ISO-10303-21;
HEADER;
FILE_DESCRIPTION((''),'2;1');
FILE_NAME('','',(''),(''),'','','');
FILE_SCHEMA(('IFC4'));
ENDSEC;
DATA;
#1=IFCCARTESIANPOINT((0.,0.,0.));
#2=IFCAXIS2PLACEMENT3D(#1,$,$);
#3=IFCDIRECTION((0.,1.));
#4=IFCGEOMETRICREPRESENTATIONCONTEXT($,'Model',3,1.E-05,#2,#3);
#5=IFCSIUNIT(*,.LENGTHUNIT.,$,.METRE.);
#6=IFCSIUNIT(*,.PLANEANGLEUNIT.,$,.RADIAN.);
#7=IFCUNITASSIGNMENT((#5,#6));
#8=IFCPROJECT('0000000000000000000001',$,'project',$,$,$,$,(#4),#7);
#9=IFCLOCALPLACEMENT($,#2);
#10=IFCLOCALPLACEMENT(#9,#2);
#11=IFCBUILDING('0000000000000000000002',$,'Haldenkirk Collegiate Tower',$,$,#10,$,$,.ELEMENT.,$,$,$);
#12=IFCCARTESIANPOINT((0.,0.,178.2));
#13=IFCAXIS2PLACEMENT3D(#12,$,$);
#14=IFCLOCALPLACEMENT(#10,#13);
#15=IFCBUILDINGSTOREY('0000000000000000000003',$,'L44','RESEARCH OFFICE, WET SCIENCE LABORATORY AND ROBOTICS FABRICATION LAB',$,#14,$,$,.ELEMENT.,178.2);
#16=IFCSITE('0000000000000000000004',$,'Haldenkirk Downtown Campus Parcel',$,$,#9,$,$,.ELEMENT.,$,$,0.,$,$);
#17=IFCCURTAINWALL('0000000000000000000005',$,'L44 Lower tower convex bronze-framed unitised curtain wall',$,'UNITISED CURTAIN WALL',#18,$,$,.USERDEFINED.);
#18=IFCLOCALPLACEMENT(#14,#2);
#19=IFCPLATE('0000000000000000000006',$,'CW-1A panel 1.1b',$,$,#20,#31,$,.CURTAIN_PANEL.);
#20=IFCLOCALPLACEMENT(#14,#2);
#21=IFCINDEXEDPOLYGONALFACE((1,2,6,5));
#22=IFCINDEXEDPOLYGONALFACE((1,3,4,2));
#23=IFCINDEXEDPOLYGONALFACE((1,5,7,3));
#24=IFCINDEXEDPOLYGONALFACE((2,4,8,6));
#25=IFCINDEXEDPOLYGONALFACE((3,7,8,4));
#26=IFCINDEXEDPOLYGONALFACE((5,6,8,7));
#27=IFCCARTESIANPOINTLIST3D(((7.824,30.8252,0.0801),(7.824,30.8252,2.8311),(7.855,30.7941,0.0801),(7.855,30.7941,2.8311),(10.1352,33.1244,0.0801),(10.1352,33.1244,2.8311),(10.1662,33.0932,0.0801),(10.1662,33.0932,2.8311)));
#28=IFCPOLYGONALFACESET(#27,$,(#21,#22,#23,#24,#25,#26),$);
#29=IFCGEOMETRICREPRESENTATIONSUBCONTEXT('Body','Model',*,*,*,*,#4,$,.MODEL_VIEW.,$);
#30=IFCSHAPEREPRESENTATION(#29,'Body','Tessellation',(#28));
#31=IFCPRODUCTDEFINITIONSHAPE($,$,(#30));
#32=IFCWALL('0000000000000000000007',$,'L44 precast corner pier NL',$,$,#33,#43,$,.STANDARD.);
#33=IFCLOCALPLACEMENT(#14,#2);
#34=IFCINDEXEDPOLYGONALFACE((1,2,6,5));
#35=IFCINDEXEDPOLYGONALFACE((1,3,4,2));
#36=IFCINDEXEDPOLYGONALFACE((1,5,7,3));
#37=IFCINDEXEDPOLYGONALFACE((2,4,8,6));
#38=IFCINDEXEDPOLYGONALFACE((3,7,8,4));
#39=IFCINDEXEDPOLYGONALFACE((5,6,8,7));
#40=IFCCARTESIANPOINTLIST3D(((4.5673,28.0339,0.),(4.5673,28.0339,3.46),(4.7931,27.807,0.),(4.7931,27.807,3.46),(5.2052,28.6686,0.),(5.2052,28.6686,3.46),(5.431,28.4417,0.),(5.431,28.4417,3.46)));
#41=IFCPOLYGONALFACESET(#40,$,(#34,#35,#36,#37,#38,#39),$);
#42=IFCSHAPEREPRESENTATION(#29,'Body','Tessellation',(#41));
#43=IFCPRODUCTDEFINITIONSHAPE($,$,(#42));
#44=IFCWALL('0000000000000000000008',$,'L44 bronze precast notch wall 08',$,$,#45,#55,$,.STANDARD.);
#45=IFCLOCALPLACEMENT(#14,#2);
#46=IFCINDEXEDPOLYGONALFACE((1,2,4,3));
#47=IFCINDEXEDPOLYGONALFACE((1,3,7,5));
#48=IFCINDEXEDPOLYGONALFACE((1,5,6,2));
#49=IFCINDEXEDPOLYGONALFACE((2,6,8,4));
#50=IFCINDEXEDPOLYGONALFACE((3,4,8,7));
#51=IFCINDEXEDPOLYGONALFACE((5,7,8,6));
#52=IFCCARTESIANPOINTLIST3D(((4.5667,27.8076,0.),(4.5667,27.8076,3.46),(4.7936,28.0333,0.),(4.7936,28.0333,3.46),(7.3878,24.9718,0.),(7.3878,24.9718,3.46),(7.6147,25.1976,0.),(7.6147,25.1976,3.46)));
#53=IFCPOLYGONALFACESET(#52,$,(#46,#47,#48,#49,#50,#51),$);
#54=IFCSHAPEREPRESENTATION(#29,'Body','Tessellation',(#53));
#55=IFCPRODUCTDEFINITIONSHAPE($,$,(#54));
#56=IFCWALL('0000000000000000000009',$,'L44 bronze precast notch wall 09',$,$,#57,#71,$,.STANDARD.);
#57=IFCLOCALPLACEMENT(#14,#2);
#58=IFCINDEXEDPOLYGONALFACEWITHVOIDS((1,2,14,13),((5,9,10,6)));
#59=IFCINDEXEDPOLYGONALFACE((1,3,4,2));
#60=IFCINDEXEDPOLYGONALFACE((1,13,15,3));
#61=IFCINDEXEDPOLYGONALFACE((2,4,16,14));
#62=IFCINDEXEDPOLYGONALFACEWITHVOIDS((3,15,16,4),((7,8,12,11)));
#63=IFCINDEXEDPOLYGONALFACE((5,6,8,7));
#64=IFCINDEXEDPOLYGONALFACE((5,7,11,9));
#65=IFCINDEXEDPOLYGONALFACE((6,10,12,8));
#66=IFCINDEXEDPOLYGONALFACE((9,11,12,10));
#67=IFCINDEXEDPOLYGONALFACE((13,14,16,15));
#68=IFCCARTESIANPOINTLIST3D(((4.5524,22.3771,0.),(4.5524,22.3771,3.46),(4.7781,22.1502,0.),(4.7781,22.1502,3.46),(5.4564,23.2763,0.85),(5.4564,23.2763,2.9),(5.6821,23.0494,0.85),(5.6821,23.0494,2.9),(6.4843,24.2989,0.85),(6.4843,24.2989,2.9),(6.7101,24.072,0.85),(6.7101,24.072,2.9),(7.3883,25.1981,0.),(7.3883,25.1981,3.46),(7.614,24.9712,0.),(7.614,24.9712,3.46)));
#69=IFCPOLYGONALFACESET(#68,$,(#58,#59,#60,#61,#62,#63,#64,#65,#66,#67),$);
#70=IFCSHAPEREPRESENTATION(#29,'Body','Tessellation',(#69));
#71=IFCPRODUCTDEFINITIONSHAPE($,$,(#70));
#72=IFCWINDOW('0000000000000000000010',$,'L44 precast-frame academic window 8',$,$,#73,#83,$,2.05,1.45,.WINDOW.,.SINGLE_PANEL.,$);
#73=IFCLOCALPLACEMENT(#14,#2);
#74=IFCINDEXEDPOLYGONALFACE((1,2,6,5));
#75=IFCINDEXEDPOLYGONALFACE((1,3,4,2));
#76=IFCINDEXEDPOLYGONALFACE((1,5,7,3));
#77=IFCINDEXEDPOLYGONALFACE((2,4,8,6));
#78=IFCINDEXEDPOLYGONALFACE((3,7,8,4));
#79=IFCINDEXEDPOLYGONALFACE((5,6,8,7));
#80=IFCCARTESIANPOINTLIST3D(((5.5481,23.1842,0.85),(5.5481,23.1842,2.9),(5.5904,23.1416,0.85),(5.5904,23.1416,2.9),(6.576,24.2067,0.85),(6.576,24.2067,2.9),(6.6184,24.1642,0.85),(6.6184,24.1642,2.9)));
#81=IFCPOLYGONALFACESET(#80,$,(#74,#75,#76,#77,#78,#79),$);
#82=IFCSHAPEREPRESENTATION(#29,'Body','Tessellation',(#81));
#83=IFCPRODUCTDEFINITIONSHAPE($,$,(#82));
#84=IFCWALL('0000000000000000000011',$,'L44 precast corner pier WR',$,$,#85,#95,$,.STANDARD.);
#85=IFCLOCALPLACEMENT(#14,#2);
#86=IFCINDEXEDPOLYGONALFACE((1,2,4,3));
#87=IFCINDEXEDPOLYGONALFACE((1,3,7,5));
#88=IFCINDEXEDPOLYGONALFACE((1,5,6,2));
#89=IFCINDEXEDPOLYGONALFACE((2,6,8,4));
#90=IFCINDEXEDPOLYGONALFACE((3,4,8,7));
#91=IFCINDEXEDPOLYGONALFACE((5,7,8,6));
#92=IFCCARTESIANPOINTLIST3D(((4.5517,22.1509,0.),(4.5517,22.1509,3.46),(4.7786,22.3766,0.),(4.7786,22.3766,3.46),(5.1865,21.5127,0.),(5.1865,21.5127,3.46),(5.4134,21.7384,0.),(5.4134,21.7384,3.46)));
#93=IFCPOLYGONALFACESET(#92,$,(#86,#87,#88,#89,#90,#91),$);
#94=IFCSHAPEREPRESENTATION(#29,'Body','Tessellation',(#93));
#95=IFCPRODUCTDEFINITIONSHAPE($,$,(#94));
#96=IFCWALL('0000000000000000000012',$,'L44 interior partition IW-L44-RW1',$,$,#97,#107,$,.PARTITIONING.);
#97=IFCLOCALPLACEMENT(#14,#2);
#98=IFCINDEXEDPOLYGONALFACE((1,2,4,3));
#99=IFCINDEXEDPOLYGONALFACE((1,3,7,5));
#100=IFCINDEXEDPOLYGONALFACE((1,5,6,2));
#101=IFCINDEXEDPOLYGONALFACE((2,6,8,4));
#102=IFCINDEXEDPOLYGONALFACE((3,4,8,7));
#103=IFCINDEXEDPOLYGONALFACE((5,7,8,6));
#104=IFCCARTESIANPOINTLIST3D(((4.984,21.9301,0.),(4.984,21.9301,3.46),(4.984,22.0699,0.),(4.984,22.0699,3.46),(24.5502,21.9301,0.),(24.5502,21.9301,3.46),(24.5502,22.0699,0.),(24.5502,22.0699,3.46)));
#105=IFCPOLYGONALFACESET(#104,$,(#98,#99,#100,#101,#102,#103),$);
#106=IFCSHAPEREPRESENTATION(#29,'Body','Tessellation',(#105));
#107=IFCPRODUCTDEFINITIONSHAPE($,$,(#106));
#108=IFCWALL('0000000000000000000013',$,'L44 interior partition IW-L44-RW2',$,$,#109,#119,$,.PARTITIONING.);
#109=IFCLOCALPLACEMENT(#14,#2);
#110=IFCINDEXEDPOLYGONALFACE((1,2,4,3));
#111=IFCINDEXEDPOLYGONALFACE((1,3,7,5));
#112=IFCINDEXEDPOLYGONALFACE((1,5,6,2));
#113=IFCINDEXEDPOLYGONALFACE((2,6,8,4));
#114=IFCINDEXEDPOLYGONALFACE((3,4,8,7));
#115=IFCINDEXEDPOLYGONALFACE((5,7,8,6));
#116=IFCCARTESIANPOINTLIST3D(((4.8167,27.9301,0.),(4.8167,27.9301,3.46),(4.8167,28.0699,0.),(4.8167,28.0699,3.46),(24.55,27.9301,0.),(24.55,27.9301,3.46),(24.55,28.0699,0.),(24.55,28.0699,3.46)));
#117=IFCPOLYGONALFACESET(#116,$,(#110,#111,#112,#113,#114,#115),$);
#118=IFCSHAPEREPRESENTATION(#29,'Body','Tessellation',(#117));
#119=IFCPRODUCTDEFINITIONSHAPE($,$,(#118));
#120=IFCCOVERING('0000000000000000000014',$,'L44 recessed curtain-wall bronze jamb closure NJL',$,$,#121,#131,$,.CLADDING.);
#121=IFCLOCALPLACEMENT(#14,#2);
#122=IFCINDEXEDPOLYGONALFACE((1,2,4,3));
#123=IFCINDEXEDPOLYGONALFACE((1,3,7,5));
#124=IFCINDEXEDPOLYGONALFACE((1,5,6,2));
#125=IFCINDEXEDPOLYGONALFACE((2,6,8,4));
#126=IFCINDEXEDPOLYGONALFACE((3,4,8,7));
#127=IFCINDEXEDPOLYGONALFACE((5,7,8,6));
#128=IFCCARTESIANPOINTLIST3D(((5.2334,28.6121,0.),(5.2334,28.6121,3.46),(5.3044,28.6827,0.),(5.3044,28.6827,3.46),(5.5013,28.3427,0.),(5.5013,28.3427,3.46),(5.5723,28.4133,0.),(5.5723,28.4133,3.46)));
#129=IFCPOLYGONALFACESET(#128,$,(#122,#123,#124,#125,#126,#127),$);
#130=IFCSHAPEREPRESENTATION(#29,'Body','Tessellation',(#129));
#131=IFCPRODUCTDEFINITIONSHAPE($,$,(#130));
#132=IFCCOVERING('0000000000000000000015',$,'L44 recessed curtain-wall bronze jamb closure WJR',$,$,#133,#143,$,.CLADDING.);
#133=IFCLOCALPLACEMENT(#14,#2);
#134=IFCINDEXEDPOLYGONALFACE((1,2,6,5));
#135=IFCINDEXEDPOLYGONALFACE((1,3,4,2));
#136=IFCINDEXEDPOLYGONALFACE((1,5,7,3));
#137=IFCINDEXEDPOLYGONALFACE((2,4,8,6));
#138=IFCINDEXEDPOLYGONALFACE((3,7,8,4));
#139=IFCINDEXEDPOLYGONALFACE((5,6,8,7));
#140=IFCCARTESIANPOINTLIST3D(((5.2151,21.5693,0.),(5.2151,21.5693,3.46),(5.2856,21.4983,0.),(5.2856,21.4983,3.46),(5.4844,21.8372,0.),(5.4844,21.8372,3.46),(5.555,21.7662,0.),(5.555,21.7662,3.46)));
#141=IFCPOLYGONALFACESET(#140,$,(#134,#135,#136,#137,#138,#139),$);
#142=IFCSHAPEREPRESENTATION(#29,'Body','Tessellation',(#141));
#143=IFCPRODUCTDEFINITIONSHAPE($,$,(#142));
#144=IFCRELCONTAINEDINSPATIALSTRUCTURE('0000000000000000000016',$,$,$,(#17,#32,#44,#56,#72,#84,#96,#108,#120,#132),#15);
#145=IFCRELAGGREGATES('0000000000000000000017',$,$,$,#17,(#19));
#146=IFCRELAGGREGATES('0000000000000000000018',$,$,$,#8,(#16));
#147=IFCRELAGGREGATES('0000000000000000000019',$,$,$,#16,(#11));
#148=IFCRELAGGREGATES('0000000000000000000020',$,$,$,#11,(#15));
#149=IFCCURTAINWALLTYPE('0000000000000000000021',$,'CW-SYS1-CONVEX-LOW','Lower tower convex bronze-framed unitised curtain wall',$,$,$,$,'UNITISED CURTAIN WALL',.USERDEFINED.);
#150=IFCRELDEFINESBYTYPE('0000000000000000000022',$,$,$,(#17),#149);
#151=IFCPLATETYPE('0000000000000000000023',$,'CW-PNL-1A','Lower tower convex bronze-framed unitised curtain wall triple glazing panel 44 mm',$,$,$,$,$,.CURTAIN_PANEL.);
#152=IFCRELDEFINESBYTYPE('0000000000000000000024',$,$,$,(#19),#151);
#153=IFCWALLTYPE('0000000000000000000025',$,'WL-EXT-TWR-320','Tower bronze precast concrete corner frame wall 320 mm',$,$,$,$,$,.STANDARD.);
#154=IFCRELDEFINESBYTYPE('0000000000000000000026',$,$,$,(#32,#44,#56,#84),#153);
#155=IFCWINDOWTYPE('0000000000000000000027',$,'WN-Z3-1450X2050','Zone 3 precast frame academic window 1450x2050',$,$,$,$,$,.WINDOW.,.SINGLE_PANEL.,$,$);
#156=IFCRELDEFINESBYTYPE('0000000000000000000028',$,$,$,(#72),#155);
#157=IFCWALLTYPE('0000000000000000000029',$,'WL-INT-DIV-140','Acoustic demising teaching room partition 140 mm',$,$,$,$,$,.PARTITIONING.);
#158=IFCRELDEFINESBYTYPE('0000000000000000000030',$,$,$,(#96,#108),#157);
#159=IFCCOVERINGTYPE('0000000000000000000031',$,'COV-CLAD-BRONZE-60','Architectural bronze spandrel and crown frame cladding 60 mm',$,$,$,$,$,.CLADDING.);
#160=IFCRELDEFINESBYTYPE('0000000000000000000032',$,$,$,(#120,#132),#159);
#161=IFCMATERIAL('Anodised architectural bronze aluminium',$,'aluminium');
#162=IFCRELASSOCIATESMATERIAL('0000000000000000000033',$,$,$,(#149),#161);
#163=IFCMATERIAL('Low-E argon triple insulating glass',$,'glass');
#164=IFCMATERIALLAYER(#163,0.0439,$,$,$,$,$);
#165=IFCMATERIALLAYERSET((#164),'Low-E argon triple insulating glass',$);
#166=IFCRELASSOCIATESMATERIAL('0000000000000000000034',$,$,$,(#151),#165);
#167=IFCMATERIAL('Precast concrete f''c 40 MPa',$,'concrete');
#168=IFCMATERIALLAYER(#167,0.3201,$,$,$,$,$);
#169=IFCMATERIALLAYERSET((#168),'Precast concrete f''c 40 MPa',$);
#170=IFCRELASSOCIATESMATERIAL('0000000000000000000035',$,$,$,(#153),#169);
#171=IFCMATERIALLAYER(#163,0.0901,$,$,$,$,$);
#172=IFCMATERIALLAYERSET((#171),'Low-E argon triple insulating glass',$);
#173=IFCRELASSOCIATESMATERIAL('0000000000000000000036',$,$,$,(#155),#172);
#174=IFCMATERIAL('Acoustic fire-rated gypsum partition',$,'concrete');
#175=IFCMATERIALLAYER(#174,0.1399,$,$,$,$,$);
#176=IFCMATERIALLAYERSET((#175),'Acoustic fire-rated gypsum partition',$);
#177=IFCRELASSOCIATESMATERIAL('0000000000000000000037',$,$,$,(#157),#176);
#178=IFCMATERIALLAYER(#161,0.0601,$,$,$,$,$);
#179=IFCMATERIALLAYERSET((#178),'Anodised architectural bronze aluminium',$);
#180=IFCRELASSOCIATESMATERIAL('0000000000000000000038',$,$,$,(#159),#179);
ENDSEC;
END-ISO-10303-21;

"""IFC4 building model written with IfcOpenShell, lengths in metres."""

from ifc_helpers import new_model, si_unit, direction, frame, frame_2d, origin, origin_2d, place, context, subcontext, project, spatial, rectangle, extrude, source, transform, mapped, material, layer, layer_set, type_object, element, fill, aggregate, save


model = new_model("IFC4")

# Units and contexts
model_context = context("Model", 3, precision=1e-05, world=origin(), true_north=direction((0.0, 1.0)))
body_context = subcontext(model_context, "Body", "Model", "MODEL_VIEW")
ifc_project = project(units=[si_unit("LENGTHUNIT", "METRE"), si_unit("PLANEANGLEUNIT", "RADIAN")], contexts=[model_context])

# Site, building, storey
site_placement = place(None, origin())
site = spatial("IfcSite", under=ifc_project, at=site_placement, Name="Haldenkirk Downtown Campus Parcel", CompositionType="ELEMENT", RefElevation=0.0)
building_placement = place(site_placement, origin())
building = spatial("IfcBuilding", under=site, at=building_placement, Name="Haldenkirk Collegiate Tower", CompositionType="ELEMENT")
storey_placement = place(building_placement, frame((0.0, 0.0, 178.2)))
storey = spatial("IfcBuildingStorey", under=building, at=storey_placement, Name="L44", Description="RESEARCH OFFICE, WET SCIENCE LABORATORY AND ROBOTICS FABRICATION LAB", CompositionType="ELEMENT", Elevation=178.2)

# Curtain wall
ifc_material_1 = material(Name="Anodised architectural bronze aluminium", Category="aluminium")
curtain_wall_type = type_object("IfcCurtainWallType", Name="CW-SYS1-CONVEX-LOW", Description="Lower tower convex bronze-framed unitised curtain wall", ElementType="UNITISED CURTAIN WALL", PredefinedType="USERDEFINED", material=ifc_material_1)
curtain_wall_1_placement = place(storey_placement, origin())
curtain_wall_1 = element("IfcCurtainWall", 1, at=curtain_wall_1_placement, inside=storey, type_object=curtain_wall_type, Name="L44 Lower tower convex bronze-framed unitised curtain wall", ObjectType="UNITISED CURTAIN WALL", PredefinedType="USERDEFINED")

# Plate
ifc_material_2 = material(Name="Low-E argon triple insulating glass", Category="glass")
ifc_layer_1 = layer(ifc_material_2, 0.0439)
ifc_layer_set_1 = layer_set([ifc_layer_1], Name="Low-E argon triple insulating glass")
plate_type = type_object("IfcPlateType", Name="CW-PNL-1A", Description="Lower tower convex bronze-framed unitised curtain wall triple glazing panel 44 mm", PredefinedType="CURTAIN_PANEL", material=ifc_layer_set_1)
shared_shape_1 = source(origin(), body_context, "Body", "SweptSolid", [
    extrude(rectangle(XDim=3.26, YDim=0.0439, at=origin_2d()), origin(), (0.0, 0.0, 1.0), 2.751),
])
plate_1_placement = place(storey_placement, frame((8.9951, 31.9592, 0.0801), z_axis=(0.0, 0.0, 1.0), x_axis=(0.708954, 0.705255, 0.0)))
plate_1 = element("IfcPlate", 2, at=plate_1_placement, type_object=plate_type, Name="CW-1A panel 1.1b", PredefinedType="CURTAIN_PANEL", context=body_context, shape_type="MappedRepresentation", body=[
    mapped(shared_shape_1, transform((0.0, 0.0, 0.0), x_axis=(1.0, 0.0, 0.0), y_axis=(0.0, 1.0, 0.0), z_axis=(0.0, 0.0, 1.0), scale=1.0)),
])
aggregate(curtain_wall_1, [plate_1])

# Walls
ifc_material_3 = material(Name="Precast concrete f'c 40 MPa", Category="concrete")
ifc_layer_2 = layer(ifc_material_3, 0.3201)
ifc_layer_set_2 = layer_set([ifc_layer_2], Name="Precast concrete f'c 40 MPa")
wall_type_1 = type_object("IfcWallType", Name="WL-EXT-TWR-320", Description="Tower bronze precast concrete corner frame wall 320 mm", PredefinedType="STANDARD", material=ifc_layer_set_2)
wall_1_placement = place(storey_placement, frame((4.6802, 27.9204, 0.0), z_axis=(0.0, 0.0, 1.0), x_axis=(0.708868, 0.705341, 0.0)))
element("IfcWall", 3, at=wall_1_placement, inside=storey, type_object=wall_type_1, Name="L44 precast corner pier NL", PredefinedType="STANDARD", context=body_context, shape_type="SweptSolid", body=[
    extrude(rectangle(XDim=0.8999, YDim=0.3201, at=frame_2d((0.45, 0.0))), origin(), (0.0, 0.0, 1.0), 3.46),
])
wall_2_placement = place(storey_placement, frame((7.5012, 25.0847, 0.0), z_axis=(0.0, 0.0, 1.0), x_axis=(-0.705273, 0.708935, 0.0)))
element("IfcWall", 4, at=wall_2_placement, inside=storey, type_object=wall_type_1, Name="L44 bronze precast notch wall 08", PredefinedType="STANDARD", context=body_context, shape_type="SweptSolid", body=[
    extrude(rectangle(XDim=4.0, YDim=0.3201, at=frame_2d((2.0, 0.0))), origin(), (0.0, 0.0, 1.0), 3.46),
])

# Wall, opening, window
wall_3_placement = place(storey_placement, frame((4.6653, 22.2637, 0.0), z_axis=(0.0, 0.0, 1.0), x_axis=(0.708966, 0.705243, 0.0)))
wall_3 = element("IfcWall", 5, at=wall_3_placement, inside=storey, type_object=wall_type_1, Name="L44 bronze precast notch wall 09", PredefinedType="STANDARD", context=body_context, shape_type="SweptSolid", body=[
    extrude(rectangle(XDim=4.0, YDim=0.3201, at=frame_2d((2.0, 0.0))), origin(), (0.0, 0.0, 1.0), 3.46),
])
opening_placement = place(wall_3_placement, frame((1.2749, 0.0, 0.8501)))
opening = element("IfcOpeningElement", 6, at=opening_placement, cuts=wall_3, PredefinedType="OPENING", context=body_context, shape_type="SweptSolid", body=[
    extrude(rectangle(XDim=1.45, YDim=2.05, at=frame_2d((0.7251, 1.0249))), frame((0.0, 0.1699, 0.0), z_axis=(0.0, -1.0, 0.0), x_axis=(1.0, 0.0, 0.0)), (0.0, 0.0, 1.0), 0.3401),
])
ifc_layer_3 = layer(ifc_material_2, 0.0901)
ifc_layer_set_3 = layer_set([ifc_layer_3], Name="Low-E argon triple insulating glass")
window_type = type_object("IfcWindowType", Name="WN-Z3-1450X2050", Description="Zone 3 precast frame academic window 1450x2050", PartitioningType="SINGLE_PANEL", PredefinedType="WINDOW", material=ifc_layer_set_3)
window_placement = place(opening_placement, origin())
window = element("IfcWindow", 7, at=window_placement, inside=storey, type_object=window_type, Name="L44 precast-frame academic window 8", OverallHeight=2.05, OverallWidth=1.45, PartitioningType="SINGLE_PANEL", PredefinedType="WINDOW", context=body_context, shape_type="SweptSolid", body=[
    extrude(rectangle(XDim=1.45, YDim=2.05, at=frame_2d((0.7251, 1.0249))), frame((0.0, 0.03, 0.0), z_axis=(0.0, -1.0, 0.0), x_axis=(1.0, 0.0, 0.0)), (0.0, 0.0, 1.0), 0.0601),
])
fill(opening, window)

# Walls
wall_4_placement = place(storey_placement, frame((5.3, 21.6255, 0.0), z_axis=(0.0, 0.0, 1.0), x_axis=(-0.705206, 0.709003, 0.0)))
element("IfcWall", 8, at=wall_4_placement, inside=storey, type_object=wall_type_1, Name="L44 precast corner pier WR", PredefinedType="STANDARD", context=body_context, shape_type="SweptSolid", body=[
    extrude(rectangle(XDim=0.9001, YDim=0.3201, at=frame_2d((0.4502, 0.0))), origin(), (0.0, 0.0, 1.0), 3.46),
])
ifc_material_4 = material(Name="Acoustic fire-rated gypsum partition", Category="concrete")
ifc_layer_4 = layer(ifc_material_4, 0.1399)
ifc_layer_set_4 = layer_set([ifc_layer_4], Name="Acoustic fire-rated gypsum partition")
wall_type_2 = type_object("IfcWallType", Name="WL-INT-DIV-140", Description="Acoustic demising teaching room partition 140 mm", PredefinedType="PARTITIONING", material=ifc_layer_set_4)
wall_5_placement = place(storey_placement, frame((4.9839, 22.0, 0.0), z_axis=(0.0, 0.0, 1.0), x_axis=(1.0, 0.0, 0.0)))
element("IfcWall", 9, at=wall_5_placement, inside=storey, type_object=wall_type_2, Name="L44 interior partition IW-L44-RW1", PredefinedType="PARTITIONING", context=body_context, shape_type="SweptSolid", body=[
    extrude(rectangle(XDim=19.5662, YDim=0.1399, at=frame_2d((9.7832, 0.0))), origin(), (0.0, 0.0, 1.0), 3.46),
])
wall_6_placement = place(storey_placement, frame((4.8167, 28.0, 0.0), z_axis=(0.0, 0.0, 1.0), x_axis=(1.0, 0.0, 0.0)))
element("IfcWall", 10, at=wall_6_placement, inside=storey, type_object=wall_type_2, Name="L44 interior partition IW-L44-RW2", PredefinedType="PARTITIONING", context=body_context, shape_type="SweptSolid", body=[
    extrude(rectangle(XDim=19.7334, YDim=0.1399, at=frame_2d((9.8667, 0.0))), origin(), (0.0, 0.0, 1.0), 3.46),
])

# Coverings
ifc_layer_5 = layer(ifc_material_1, 0.0601)
ifc_layer_set_5 = layer_set([ifc_layer_5], Name="Anodised architectural bronze aluminium")
covering_type = type_object("IfcCoveringType", Name="COV-CLAD-BRONZE-60", Description="Architectural bronze spandrel and crown frame cladding 60 mm", PredefinedType="CLADDING", material=ifc_layer_set_5)
shared_shape_2 = source(origin(), body_context, "Body", "SweptSolid", [
    extrude(rectangle(XDim=0.1001, YDim=0.3799, at=origin_2d()), origin(), (0.0, 0.0, 1.0), 3.46),
])
for number, where, z_axis, x_axis, name in (
    (11, (5.4028, 28.5127, 0.0), (0.0, 0.0, 1.0), (0.708956, 0.705253, 0.0), "L44 recessed curtain-wall bronze jamb closure NJL"),
    (12, (5.385, 21.6677, 0.0), (0.0, 0.0, 1.0), (-0.705253, 0.708956, 0.0), "L44 recessed curtain-wall bronze jamb closure WJR"),
):
    element("IfcCovering", number, at=place(storey_placement, frame(where, z_axis=z_axis, x_axis=x_axis)), inside=storey, type_object=covering_type, Name=name, PredefinedType="CLADDING", context=body_context, shape_type="MappedRepresentation", body=[
        mapped(shared_shape_2, transform((0.0, 0.0, 0.0), x_axis=(1.0, 0.0, 0.0), y_axis=(0.0, 1.0, 0.0), z_axis=(0.0, 0.0, 1.0), scale=1.0)),
    ])

save(model, "model.ifc")
